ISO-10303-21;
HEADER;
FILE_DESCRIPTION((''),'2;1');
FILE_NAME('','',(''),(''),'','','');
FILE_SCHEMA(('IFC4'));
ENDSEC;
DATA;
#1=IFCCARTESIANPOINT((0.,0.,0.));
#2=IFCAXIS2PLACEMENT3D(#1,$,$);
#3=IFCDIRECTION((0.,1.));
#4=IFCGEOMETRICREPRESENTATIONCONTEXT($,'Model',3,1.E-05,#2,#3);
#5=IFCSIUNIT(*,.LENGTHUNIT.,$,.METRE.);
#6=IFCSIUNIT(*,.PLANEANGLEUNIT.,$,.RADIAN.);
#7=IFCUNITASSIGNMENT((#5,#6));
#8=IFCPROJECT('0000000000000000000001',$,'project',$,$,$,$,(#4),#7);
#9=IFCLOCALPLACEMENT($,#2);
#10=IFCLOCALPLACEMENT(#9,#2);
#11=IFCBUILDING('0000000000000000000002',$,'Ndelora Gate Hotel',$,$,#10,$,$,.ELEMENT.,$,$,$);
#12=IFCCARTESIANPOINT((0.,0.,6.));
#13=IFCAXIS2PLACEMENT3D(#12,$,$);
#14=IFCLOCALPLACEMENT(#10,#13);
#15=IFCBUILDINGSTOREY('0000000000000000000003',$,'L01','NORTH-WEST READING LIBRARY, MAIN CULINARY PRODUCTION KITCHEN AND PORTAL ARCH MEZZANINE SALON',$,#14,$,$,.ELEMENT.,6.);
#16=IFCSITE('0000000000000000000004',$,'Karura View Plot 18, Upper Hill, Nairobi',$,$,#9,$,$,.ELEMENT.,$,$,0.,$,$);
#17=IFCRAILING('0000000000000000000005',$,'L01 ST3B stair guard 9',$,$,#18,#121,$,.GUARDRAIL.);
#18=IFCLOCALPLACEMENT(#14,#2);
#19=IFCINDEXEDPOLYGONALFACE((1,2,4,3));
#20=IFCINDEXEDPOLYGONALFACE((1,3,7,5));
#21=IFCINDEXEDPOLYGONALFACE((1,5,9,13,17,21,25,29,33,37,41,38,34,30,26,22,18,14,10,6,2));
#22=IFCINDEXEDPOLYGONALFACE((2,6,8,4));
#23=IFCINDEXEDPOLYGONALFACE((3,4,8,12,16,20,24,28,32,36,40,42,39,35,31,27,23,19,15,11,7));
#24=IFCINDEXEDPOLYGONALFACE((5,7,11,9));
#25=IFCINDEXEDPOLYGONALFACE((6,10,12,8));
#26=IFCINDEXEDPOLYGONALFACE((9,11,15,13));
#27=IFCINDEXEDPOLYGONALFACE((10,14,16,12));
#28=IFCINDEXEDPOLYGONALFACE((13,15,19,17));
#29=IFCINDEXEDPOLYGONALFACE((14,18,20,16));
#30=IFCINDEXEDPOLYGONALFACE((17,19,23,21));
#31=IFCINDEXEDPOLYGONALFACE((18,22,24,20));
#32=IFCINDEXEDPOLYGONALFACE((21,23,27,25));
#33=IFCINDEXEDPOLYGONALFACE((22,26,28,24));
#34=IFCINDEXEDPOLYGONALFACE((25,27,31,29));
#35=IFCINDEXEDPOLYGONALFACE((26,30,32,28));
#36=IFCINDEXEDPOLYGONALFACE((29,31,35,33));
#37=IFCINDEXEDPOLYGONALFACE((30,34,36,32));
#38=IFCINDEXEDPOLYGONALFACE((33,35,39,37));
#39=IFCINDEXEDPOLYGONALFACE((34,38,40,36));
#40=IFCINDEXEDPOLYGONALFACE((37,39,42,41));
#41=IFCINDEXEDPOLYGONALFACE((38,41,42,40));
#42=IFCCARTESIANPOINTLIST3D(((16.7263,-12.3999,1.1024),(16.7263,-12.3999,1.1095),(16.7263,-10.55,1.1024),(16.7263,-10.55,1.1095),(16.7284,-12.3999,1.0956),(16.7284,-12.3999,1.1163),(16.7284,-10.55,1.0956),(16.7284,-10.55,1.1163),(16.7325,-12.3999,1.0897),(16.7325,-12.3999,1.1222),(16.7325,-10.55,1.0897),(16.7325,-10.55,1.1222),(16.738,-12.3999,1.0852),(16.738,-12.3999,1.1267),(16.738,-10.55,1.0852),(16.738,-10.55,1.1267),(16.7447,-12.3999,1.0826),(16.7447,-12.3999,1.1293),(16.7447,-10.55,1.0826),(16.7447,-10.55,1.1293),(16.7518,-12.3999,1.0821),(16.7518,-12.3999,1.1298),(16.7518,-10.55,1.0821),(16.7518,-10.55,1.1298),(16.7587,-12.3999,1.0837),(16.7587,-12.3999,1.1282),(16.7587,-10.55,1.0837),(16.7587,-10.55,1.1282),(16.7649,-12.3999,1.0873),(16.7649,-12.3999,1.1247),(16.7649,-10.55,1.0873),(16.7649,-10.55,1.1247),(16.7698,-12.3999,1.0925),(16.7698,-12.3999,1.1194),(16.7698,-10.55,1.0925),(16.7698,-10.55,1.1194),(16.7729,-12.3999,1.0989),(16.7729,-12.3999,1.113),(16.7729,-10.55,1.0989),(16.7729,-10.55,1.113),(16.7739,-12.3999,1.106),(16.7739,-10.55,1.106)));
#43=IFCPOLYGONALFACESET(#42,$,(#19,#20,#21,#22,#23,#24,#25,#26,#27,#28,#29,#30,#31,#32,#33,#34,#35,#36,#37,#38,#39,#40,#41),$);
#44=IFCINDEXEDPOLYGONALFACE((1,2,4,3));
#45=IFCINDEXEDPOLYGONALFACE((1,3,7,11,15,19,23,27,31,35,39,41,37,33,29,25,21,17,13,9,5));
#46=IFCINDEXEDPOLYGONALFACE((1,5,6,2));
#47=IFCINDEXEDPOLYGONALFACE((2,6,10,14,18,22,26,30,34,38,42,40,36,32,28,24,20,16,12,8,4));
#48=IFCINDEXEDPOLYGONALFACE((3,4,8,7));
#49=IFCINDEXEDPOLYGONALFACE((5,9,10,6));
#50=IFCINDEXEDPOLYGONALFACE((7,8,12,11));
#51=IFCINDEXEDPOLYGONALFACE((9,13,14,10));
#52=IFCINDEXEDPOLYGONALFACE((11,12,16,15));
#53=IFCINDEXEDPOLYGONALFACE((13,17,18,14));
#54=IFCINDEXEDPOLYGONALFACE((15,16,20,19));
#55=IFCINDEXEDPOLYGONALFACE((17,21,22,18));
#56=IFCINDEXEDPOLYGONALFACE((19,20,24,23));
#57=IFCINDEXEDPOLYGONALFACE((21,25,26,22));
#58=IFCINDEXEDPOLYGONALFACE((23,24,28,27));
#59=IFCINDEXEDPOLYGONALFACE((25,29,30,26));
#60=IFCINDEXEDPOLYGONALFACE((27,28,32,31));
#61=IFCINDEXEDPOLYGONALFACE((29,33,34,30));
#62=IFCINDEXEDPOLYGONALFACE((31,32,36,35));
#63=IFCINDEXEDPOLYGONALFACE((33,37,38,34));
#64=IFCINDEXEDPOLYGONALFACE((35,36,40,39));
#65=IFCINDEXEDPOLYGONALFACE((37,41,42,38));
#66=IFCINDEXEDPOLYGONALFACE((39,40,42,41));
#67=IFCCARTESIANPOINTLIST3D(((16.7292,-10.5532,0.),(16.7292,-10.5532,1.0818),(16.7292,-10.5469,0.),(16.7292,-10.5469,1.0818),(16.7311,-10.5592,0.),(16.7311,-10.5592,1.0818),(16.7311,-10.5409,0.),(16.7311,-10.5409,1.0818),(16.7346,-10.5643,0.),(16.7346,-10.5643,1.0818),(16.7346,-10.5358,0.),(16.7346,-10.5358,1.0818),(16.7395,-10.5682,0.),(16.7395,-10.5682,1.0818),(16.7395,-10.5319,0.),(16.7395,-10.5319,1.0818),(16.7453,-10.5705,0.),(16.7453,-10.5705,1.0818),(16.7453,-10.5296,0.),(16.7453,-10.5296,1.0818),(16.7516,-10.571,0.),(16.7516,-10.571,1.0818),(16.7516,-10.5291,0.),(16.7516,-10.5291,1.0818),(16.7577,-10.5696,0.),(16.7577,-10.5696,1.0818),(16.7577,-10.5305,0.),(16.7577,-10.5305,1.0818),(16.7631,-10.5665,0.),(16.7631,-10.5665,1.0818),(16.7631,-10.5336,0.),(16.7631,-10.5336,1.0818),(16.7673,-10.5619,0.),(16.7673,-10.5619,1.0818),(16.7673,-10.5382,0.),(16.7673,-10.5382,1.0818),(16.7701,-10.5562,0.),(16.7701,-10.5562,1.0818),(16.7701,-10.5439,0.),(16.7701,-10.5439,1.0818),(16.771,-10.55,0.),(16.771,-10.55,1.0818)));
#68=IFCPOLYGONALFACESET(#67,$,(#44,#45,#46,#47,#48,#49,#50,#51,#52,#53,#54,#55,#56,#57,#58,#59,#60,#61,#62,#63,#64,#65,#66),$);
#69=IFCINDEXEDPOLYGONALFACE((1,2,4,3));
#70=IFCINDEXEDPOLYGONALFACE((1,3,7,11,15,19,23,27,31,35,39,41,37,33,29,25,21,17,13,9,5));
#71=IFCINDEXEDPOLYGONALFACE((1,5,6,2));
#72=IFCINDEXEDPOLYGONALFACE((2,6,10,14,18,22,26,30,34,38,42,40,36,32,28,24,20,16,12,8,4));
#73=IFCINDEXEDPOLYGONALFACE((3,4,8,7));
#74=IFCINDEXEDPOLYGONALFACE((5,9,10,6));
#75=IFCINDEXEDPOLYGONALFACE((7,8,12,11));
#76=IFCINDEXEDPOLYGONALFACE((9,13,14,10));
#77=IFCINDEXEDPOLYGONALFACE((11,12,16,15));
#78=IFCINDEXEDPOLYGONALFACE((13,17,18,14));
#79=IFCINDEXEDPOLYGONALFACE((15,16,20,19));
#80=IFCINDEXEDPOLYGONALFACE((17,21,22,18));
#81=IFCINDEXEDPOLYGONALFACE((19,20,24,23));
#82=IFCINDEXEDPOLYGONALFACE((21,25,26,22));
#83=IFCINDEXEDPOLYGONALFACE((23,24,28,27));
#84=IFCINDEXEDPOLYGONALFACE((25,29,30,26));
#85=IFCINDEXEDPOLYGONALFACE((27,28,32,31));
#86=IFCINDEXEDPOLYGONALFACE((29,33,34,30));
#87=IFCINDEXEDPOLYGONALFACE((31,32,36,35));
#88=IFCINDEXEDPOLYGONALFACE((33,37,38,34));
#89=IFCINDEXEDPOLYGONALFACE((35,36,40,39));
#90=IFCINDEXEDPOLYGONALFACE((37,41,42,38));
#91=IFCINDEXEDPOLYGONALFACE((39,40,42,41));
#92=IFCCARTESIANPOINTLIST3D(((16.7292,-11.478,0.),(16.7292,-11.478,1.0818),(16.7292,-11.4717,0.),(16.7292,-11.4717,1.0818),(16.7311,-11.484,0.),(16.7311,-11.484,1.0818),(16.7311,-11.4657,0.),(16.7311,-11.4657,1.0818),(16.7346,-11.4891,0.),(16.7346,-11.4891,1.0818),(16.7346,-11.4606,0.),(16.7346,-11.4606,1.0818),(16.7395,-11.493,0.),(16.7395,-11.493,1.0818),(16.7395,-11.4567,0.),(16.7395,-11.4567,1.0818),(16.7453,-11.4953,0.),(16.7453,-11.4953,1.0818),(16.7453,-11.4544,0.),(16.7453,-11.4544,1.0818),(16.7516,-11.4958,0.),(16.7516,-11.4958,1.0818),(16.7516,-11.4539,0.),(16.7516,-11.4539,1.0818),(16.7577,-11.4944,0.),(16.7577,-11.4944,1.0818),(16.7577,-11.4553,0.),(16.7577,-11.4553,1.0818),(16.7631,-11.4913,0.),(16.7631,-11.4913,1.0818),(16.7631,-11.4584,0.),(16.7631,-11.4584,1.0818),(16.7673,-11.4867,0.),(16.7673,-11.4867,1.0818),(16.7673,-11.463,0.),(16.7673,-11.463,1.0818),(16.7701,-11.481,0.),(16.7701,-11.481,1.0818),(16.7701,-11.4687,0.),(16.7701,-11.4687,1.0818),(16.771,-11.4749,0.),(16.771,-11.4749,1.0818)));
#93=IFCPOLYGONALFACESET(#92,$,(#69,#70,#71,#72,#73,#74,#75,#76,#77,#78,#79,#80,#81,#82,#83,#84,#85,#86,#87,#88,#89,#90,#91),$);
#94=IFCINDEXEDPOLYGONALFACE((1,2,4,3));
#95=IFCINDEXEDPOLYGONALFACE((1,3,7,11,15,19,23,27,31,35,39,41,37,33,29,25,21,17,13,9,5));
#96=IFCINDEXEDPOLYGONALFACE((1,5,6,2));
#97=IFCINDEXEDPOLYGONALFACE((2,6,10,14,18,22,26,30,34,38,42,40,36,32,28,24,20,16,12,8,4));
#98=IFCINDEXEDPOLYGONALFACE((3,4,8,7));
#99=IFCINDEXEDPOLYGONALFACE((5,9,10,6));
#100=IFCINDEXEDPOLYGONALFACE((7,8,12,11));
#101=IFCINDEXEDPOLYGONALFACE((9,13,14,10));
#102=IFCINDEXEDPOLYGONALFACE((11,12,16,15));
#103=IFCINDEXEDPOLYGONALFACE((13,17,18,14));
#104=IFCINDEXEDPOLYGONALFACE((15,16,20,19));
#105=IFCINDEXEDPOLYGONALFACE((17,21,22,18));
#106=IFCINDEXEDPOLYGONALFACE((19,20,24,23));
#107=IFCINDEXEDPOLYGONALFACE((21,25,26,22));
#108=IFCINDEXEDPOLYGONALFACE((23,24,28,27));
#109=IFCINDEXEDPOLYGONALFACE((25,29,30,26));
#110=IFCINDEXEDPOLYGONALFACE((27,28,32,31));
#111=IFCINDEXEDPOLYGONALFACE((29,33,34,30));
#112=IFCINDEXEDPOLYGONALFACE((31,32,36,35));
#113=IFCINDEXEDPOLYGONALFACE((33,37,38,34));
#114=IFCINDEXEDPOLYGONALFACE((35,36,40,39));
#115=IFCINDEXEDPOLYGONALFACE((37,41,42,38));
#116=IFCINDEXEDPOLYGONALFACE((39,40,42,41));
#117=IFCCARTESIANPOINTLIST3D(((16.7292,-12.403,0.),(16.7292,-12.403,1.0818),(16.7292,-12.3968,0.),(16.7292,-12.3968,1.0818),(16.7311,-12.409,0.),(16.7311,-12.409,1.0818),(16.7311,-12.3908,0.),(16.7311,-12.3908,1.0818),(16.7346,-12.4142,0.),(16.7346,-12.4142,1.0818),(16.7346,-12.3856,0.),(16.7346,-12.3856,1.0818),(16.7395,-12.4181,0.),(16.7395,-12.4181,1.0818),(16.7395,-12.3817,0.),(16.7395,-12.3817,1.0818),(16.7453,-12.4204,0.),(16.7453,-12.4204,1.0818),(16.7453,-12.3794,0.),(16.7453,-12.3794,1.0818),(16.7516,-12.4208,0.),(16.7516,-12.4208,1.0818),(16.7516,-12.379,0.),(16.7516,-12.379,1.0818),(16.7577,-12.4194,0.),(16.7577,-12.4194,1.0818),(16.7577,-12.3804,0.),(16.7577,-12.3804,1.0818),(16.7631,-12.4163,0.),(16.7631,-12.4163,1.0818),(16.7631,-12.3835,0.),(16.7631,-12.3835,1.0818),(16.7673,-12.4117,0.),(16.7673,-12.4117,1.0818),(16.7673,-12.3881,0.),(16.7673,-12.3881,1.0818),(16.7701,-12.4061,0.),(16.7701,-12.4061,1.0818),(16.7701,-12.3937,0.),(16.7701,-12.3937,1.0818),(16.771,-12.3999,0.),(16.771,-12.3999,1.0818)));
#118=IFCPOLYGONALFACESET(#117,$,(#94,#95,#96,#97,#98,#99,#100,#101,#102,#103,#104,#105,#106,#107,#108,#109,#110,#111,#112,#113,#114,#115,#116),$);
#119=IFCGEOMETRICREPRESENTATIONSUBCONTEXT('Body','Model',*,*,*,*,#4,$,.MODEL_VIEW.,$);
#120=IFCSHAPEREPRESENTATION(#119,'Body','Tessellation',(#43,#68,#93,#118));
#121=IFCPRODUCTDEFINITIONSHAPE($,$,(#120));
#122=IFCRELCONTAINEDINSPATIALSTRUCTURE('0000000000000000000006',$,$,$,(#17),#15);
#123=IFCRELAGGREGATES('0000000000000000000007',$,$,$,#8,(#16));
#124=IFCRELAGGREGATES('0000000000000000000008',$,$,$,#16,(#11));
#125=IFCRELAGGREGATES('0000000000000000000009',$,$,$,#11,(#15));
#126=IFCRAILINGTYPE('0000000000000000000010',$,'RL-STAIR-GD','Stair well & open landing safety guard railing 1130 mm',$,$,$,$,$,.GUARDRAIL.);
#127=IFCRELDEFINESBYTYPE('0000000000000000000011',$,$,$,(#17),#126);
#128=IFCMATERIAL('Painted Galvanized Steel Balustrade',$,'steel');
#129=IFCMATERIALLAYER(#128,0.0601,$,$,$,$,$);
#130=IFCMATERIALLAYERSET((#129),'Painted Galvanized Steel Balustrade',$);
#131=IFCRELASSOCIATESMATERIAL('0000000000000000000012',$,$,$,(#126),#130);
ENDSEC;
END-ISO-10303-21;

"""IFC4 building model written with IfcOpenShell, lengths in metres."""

from ifc_helpers import new_model, si_unit, direction, frame, origin, origin_2d, place, context, subcontext, project, spatial, circle, extrude, material, layer, layer_set, type_object, element, save


model = new_model("IFC4")

# Units and contexts
model_context = context("Model", 3, precision=1e-05, world=origin(), true_north=direction((0.0, 1.0)))
body_context = subcontext(model_context, "Body", "Model", "MODEL_VIEW")
ifc_project = project(units=[si_unit("LENGTHUNIT", "METRE"), si_unit("PLANEANGLEUNIT", "RADIAN")], contexts=[model_context])

# Site, building, storey
site_placement = place(None, origin())
site = spatial("IfcSite", under=ifc_project, at=site_placement, Name="Karura View Plot 18, Upper Hill, Nairobi", CompositionType="ELEMENT", RefElevation=0.0)
building_placement = place(site_placement, origin())
building = spatial("IfcBuilding", under=site, at=building_placement, Name="Ndelora Gate Hotel", CompositionType="ELEMENT")
storey_placement = place(building_placement, frame((0.0, 0.0, 6.0)))
storey = spatial("IfcBuildingStorey", under=building, at=storey_placement, Name="L01", Description="NORTH-WEST READING LIBRARY, MAIN CULINARY PRODUCTION KITCHEN AND PORTAL ARCH MEZZANINE SALON", CompositionType="ELEMENT", Elevation=6.0)

# Railing
ifc_material_1 = material(Name="Painted Galvanized Steel Balustrade", Category="steel")
ifc_layer_1 = layer(ifc_material_1, 0.0601)
ifc_layer_set_1 = layer_set([ifc_layer_1], Name="Painted Galvanized Steel Balustrade")
railing_type_1 = type_object("IfcRailingType", Name="RL-STAIR-GD", Description="Stair well & open landing safety guard railing 1130 mm", PredefinedType="GUARDRAIL", material=ifc_layer_set_1)
for number, where, name in (
    (1, (16.75, -10.55, 0.0), "L01 ST3B stair guard 9"),
):
    element("IfcRailing", number, at=place(storey_placement, frame(where)), inside=storey, type_object=railing_type_1, Name=name, PredefinedType="GUARDRAIL", context=body_context, shape_type="SweptSolid", body=[
        extrude(circle(Radius=0.0239, at=origin_2d()), frame((0.0, 0.0, 1.106), z_axis=(0.0, -1.0, 0.0), x_axis=(1.0, 0.0, 0.0)), (0.0, 0.0, 1.0), 1.8499),
        extrude(circle(Radius=0.021, at=origin_2d()), origin(), (0.0, 0.0, 1.0), 1.0818),
        extrude(circle(Radius=0.021, at=origin_2d()), frame((0.0, -0.9248, 0.0)), (0.0, 0.0, 1.0), 1.0818),
        extrude(circle(Radius=0.021, at=origin_2d()), frame((0.0, -1.8499, 0.0)), (0.0, 0.0, 1.0), 1.0818),
    ])

save(model, "model.ifc")
